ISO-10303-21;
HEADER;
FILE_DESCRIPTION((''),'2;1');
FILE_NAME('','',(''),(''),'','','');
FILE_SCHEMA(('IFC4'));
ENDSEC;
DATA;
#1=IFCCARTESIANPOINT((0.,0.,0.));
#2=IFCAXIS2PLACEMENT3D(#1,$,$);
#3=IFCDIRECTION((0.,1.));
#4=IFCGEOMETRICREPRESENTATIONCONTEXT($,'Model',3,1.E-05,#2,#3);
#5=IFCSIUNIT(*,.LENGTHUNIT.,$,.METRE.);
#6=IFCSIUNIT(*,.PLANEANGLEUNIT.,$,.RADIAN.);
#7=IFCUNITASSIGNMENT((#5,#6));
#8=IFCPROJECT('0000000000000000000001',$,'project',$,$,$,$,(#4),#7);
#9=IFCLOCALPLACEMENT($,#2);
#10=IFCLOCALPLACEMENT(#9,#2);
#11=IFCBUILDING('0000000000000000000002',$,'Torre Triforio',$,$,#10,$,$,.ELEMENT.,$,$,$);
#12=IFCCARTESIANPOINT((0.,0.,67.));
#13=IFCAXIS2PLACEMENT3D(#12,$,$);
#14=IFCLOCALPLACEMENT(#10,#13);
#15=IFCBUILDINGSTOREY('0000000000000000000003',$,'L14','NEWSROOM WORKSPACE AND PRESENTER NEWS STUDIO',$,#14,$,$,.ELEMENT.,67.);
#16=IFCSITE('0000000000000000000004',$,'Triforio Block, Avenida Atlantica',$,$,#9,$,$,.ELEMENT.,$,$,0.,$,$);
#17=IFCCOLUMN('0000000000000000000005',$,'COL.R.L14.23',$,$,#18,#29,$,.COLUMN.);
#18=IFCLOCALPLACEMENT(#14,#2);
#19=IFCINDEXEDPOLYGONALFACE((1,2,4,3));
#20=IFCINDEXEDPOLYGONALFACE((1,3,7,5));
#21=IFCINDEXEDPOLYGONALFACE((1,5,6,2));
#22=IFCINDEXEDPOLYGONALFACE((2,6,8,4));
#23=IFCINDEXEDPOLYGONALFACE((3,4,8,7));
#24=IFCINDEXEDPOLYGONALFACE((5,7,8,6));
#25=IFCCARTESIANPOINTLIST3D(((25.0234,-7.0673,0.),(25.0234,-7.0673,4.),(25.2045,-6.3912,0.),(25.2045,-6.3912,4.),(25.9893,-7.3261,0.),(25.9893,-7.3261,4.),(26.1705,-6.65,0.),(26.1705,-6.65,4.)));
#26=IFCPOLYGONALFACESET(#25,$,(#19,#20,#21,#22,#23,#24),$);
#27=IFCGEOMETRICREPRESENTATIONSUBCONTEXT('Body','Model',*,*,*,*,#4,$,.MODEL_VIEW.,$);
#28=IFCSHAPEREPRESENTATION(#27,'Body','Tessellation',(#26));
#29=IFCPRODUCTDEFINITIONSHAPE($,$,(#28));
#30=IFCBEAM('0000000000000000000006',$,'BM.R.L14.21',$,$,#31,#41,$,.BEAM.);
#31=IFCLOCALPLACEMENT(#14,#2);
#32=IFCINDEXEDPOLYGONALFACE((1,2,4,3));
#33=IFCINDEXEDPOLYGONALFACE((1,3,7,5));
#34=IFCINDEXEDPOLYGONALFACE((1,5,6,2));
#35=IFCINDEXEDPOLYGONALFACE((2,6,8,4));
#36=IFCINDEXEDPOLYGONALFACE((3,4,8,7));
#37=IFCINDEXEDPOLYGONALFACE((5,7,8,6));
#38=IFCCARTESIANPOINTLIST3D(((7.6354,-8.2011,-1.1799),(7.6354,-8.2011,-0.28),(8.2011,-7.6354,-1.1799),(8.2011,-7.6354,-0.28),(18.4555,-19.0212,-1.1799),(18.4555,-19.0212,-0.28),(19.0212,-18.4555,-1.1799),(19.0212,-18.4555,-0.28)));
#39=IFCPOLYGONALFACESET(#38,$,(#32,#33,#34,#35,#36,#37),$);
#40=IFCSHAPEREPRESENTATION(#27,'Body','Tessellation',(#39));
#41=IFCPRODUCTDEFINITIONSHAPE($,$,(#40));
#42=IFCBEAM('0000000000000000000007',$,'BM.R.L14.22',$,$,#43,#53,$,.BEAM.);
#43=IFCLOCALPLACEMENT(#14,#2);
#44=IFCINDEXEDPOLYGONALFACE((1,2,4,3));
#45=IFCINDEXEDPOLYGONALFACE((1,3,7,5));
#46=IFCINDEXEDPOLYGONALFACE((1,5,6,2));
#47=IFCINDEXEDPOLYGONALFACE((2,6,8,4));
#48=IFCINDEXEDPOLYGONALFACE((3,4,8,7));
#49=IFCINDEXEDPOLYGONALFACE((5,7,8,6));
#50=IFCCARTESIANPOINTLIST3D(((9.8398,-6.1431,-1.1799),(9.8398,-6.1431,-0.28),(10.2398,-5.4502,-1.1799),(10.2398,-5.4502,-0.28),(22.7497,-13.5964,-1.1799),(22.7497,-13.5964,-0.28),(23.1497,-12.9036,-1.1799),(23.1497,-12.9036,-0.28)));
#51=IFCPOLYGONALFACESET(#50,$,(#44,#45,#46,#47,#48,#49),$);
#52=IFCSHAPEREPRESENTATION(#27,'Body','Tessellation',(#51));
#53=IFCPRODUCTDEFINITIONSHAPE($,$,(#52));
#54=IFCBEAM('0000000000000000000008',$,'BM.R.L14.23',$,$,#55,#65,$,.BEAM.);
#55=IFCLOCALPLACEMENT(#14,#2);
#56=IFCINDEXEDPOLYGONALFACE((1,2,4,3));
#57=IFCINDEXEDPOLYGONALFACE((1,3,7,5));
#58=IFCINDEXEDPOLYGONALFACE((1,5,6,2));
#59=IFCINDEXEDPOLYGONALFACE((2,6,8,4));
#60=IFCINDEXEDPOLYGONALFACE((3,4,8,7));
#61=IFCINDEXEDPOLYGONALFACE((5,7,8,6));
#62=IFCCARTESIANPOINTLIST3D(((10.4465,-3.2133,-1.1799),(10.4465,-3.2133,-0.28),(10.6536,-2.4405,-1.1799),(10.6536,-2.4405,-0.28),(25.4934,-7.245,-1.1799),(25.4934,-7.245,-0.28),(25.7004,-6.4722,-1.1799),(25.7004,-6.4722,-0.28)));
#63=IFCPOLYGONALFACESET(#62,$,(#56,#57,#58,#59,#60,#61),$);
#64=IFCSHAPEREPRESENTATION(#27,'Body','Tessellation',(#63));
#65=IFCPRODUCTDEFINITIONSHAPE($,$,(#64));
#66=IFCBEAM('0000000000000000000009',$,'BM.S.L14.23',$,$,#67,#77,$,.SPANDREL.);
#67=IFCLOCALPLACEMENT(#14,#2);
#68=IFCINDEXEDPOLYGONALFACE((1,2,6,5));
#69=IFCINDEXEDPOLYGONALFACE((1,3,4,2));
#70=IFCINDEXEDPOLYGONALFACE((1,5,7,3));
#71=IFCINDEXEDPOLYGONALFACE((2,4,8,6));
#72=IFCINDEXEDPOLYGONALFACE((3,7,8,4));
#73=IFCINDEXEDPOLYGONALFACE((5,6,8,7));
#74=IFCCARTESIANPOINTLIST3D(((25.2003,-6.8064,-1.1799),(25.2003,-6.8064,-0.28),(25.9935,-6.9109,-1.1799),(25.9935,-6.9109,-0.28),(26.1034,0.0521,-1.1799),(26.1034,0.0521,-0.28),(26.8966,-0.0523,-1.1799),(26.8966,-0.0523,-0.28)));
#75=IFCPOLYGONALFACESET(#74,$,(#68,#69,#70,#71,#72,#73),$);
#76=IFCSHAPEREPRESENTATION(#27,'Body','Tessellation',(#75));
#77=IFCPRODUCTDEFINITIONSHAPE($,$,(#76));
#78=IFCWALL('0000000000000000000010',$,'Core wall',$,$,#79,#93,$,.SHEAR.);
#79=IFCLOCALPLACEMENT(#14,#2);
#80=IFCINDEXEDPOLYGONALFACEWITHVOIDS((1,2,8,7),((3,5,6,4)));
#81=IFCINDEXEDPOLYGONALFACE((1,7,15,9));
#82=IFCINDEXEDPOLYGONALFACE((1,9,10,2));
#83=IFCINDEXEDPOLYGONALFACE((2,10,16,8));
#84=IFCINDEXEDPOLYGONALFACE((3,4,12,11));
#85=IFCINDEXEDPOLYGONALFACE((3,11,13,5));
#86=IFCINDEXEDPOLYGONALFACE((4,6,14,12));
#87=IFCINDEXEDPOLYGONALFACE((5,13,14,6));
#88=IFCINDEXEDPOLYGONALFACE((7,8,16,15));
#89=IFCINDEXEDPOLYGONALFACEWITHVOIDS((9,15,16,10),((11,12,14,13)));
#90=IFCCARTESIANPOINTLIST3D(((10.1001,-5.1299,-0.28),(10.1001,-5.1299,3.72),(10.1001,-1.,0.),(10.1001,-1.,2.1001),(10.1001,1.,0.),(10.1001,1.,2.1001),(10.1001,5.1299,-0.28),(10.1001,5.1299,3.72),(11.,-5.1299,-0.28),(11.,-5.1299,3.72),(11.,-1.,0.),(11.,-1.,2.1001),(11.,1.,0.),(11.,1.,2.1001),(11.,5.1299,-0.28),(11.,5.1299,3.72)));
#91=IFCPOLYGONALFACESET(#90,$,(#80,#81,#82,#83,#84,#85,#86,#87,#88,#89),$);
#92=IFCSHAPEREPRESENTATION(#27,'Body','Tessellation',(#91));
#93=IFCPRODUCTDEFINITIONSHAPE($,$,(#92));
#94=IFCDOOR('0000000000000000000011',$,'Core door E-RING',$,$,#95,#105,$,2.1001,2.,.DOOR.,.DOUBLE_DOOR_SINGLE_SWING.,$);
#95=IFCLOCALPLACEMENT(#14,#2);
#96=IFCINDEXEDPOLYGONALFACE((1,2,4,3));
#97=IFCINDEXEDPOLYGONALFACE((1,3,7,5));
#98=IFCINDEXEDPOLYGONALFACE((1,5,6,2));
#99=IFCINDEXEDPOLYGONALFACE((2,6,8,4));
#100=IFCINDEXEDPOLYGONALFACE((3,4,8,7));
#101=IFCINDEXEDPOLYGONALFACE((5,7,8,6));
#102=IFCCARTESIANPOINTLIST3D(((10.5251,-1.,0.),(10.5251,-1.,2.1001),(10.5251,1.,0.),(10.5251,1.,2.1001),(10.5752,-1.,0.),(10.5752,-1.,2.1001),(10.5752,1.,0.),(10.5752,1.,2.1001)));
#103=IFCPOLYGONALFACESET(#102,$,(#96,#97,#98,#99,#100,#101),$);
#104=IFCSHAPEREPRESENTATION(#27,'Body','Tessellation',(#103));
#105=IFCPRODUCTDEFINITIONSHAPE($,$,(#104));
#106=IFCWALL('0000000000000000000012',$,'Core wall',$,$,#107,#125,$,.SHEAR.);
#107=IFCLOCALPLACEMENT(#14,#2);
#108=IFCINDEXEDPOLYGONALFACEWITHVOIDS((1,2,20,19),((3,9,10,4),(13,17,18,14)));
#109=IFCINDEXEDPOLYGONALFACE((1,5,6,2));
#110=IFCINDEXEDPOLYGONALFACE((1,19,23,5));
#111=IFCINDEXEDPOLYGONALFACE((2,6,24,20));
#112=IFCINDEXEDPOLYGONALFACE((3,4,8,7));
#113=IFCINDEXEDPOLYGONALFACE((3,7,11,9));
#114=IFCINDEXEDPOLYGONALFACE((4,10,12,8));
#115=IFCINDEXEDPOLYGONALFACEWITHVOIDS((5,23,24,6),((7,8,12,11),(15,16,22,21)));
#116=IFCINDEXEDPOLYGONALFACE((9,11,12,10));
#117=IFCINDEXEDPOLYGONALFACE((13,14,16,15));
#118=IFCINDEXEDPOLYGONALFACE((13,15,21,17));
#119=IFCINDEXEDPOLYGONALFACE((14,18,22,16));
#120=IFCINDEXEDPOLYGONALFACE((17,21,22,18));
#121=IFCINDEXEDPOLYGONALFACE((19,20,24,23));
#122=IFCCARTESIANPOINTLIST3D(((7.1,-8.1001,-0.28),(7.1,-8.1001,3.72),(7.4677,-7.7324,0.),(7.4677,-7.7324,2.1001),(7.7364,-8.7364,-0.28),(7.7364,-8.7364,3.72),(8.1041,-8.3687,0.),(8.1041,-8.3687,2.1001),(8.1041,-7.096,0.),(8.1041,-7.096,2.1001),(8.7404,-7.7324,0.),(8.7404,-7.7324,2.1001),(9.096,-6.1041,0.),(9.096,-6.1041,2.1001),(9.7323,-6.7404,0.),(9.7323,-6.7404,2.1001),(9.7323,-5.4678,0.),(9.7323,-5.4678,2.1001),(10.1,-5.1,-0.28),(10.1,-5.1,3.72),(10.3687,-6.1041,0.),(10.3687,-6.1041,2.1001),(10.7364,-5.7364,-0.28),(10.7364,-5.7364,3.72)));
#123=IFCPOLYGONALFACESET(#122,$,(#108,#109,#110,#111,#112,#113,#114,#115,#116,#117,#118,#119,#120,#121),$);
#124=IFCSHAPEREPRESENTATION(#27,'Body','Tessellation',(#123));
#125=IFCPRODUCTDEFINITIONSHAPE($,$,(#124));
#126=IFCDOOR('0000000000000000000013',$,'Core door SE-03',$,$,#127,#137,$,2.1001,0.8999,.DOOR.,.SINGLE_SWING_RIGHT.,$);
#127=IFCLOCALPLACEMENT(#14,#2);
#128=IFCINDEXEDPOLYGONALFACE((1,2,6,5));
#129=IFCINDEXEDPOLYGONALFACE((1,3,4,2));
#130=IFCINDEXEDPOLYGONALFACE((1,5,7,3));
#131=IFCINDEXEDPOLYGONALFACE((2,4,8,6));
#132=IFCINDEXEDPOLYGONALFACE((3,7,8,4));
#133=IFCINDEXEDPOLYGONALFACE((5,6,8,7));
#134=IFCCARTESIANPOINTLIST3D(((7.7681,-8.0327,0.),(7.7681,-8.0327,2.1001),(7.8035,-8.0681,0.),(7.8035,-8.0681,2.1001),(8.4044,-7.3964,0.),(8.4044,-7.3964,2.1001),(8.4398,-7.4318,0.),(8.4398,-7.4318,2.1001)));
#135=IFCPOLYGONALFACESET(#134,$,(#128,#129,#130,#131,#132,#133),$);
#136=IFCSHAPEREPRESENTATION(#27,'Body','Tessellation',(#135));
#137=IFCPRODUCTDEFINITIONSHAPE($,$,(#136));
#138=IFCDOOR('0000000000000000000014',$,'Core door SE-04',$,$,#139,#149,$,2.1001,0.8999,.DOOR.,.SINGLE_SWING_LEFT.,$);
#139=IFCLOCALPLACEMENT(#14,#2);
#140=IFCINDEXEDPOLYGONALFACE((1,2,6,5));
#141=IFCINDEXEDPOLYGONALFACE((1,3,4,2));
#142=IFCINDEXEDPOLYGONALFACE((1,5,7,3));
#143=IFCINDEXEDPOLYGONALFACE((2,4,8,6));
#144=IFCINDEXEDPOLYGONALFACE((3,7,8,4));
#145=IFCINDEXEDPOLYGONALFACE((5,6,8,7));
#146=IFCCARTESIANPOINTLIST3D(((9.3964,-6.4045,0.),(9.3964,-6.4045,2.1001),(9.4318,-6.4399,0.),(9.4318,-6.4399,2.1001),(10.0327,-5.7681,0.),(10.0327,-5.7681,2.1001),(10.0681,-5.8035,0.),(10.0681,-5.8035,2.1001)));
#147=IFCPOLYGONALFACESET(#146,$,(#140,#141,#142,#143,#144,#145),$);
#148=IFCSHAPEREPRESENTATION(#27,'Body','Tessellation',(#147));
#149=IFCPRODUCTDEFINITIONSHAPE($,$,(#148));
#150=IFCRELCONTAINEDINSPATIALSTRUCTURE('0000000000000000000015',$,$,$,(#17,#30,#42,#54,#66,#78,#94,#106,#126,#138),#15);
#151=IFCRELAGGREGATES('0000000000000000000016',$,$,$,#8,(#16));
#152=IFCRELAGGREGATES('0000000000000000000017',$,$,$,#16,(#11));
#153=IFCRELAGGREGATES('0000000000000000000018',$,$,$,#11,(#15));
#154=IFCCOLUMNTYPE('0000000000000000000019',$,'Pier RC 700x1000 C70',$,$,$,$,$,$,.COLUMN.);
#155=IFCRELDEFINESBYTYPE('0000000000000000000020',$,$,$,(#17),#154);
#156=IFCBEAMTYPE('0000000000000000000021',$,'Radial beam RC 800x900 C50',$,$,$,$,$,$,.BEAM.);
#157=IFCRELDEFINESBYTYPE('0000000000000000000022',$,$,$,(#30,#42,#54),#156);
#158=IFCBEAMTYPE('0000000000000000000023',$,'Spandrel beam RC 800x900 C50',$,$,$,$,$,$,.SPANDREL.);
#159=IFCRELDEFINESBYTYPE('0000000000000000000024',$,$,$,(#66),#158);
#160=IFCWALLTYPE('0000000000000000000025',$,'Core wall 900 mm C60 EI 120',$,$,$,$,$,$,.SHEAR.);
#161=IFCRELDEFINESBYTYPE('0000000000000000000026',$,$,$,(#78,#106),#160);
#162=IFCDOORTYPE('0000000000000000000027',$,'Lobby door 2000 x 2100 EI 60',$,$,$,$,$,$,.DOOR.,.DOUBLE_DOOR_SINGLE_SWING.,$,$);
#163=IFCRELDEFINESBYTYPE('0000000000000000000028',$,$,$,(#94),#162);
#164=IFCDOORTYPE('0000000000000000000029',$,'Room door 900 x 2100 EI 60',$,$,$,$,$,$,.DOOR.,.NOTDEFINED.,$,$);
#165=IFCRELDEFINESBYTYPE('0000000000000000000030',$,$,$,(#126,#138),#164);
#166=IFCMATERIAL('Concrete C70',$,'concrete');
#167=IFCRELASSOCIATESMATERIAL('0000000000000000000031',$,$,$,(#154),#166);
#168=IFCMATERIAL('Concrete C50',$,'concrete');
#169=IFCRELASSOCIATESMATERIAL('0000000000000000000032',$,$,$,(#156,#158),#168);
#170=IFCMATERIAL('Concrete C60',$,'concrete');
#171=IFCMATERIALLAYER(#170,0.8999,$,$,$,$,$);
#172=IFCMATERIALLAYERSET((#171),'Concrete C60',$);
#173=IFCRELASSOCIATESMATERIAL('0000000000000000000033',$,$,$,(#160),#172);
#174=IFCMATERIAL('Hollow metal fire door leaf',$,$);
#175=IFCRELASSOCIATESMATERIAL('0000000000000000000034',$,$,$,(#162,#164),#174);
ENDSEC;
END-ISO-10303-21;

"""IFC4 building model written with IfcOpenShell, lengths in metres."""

from ifc_helpers import new_model, si_unit, direction, frame, frame_2d, origin, origin_2d, place, context, subcontext, project, spatial, rectangle, extrude, material, layer, layer_set, material_profile, profile_set, type_object, element, fill, save


model = new_model("IFC4")

# Units and contexts
model_context = context("Model", 3, precision=1e-05, world=origin(), true_north=direction((0.0, 1.0)))
body_context = subcontext(model_context, "Body", "Model", "MODEL_VIEW")
ifc_project = project(units=[si_unit("LENGTHUNIT", "METRE"), si_unit("PLANEANGLEUNIT", "RADIAN")], contexts=[model_context])

# Site, building, storey
site_placement = place(None, origin())
site = spatial("IfcSite", under=ifc_project, at=site_placement, Name="Triforio Block, Avenida Atlantica", CompositionType="ELEMENT", RefElevation=0.0)
building_placement = place(site_placement, origin())
building = spatial("IfcBuilding", under=site, at=building_placement, Name="Torre Triforio", CompositionType="ELEMENT")
storey_placement = place(building_placement, frame((0.0, 0.0, 67.0)))
storey = spatial("IfcBuildingStorey", under=building, at=storey_placement, Name="L14", Description="NEWSROOM WORKSPACE AND PRESENTER NEWS STUDIO", CompositionType="ELEMENT", Elevation=67.0)

# Column
ifc_material_1 = material(Name="Concrete C70", Category="concrete")
ifc_material_profile_1 = material_profile(ifc_material_1, rectangle(XDim=0.7, YDim=1.0, at=origin_2d()), Name="RC 700x1000")
ifc_profile_set_1 = profile_set([ifc_material_profile_1], Name="Concrete C70")
column_type = type_object("IfcColumnType", Name="Pier RC 700x1000 C70", PredefinedType="COLUMN", material=ifc_profile_set_1)
column_placement = place(storey_placement, frame((25.5969, -6.8586, 0.0), z_axis=(0.0, 0.0, 1.0), x_axis=(0.258819, 0.965926, 0.0)))
element("IfcColumn", 1, at=column_placement, inside=storey, type_object=column_type, Name="COL.R.L14.23", PredefinedType="COLUMN", context=body_context, shape_type="SweptSolid", body=[
    extrude(rectangle(XDim=0.7, YDim=1.0, at=origin_2d()), origin(), (0.0, 0.0, 1.0), 4.0),
])

# Beams
ifc_material_2 = material(Name="Concrete C50", Category="concrete")
ifc_material_profile_2 = material_profile(ifc_material_2, rectangle(XDim=0.8, YDim=0.8999, at=origin_2d()), Name="RC 800x900")
ifc_profile_set_2 = profile_set([ifc_material_profile_2], Name="Concrete C50")
beam_type_1 = type_object("IfcBeamType", Name="Radial beam RC 800x900 C50", PredefinedType="BEAM", material=ifc_profile_set_2)
beam_1_placement = place(storey_placement, frame((7.9182, -7.9182, -0.73), z_axis=(0.707107, -0.707107, 0.0), x_axis=(0.707107, 0.707107, 0.0)))
element("IfcBeam", 2, at=beam_1_placement, inside=storey, type_object=beam_type_1, Name="BM.R.L14.21", PredefinedType="BEAM", context=body_context, shape_type="SweptSolid", body=[
    extrude(rectangle(XDim=0.8, YDim=0.8999, at=origin_2d()), origin(), (0.0, 0.0, 1.0), 15.302),
])
beam_2_placement = place(storey_placement, frame((10.0398, -5.7966, -0.73), z_axis=(0.86603, -0.499991, 0.0), x_axis=(0.499991, 0.86603, 0.0)))
element("IfcBeam", 3, at=beam_2_placement, inside=storey, type_object=beam_type_1, Name="BM.R.L14.22", PredefinedType="BEAM", context=body_context, shape_type="SweptSolid", body=[
    extrude(rectangle(XDim=0.8, YDim=0.8999, at=origin_2d()), origin(), (0.0, 0.0, 1.0), 14.907),
])
beam_3_placement = place(storey_placement, frame((10.55, -2.8269, -0.73), z_axis=(0.965927, -0.258815, 0.0), x_axis=(0.258815, 0.965927, 0.0)))
element("IfcBeam", 4, at=beam_3_placement, inside=storey, type_object=beam_type_1, Name="BM.R.L14.23", PredefinedType="BEAM", context=body_context, shape_type="SweptSolid", body=[
    extrude(rectangle(XDim=0.8, YDim=0.8999, at=origin_2d()), origin(), (0.0, 0.0, 1.0), 15.5776),
])
ifc_material_profile_3 = material_profile(ifc_material_2, rectangle(XDim=0.8, YDim=0.8999, at=origin_2d()), Name="RC 800x900")
ifc_profile_set_3 = profile_set([ifc_material_profile_3], Name="Concrete C50")
beam_type_2 = type_object("IfcBeamType", Name="Spandrel beam RC 800x900 C50", PredefinedType="SPANDREL", material=ifc_profile_set_3)
beam_4_placement = place(storey_placement, frame((25.5969, -6.8586, -0.73), z_axis=(0.130543, 0.991443, 0.0), x_axis=(-0.991443, 0.130543, 0.0)))
element("IfcBeam", 5, at=beam_4_placement, inside=storey, type_object=beam_type_2, Name="BM.S.L14.23", PredefinedType="SPANDREL", context=body_context, shape_type="SweptSolid", body=[
    extrude(rectangle(XDim=0.8, YDim=0.8999, at=origin_2d()), origin(), (0.0, 0.0, 1.0), 6.9177),
])

# Wall, opening, door
ifc_material_3 = material(Name="Concrete C60", Category="concrete")
ifc_layer_1 = layer(ifc_material_3, 0.8999)
ifc_layer_set_1 = layer_set([ifc_layer_1], Name="Concrete C60")
wall_type_1 = type_object("IfcWallType", Name="Core wall 900 mm C60 EI 120", PredefinedType="SHEAR", material=ifc_layer_set_1)
wall_1_placement = place(storey_placement, frame((10.55, -5.1299, -0.28), z_axis=(0.0, 0.0, 1.0), x_axis=(0.0, 1.0, 0.0)))
wall_1 = element("IfcWall", 6, at=wall_1_placement, inside=storey, type_object=wall_type_1, Name="Core wall", PredefinedType="SHEAR", context=body_context, shape_type="SweptSolid", body=[
    extrude(rectangle(XDim=10.2598, YDim=0.8999, at=frame_2d((5.1299, 0.0))), origin(), (0.0, 0.0, 1.0), 4.0),
])
opening_1_placement = place(wall_1_placement, frame((4.1299, 0.0, 0.28)))
opening_1 = element("IfcOpeningElement", 7, at=opening_1_placement, cuts=wall_1, PredefinedType="OPENING", context=body_context, shape_type="SweptSolid", body=[
    extrude(rectangle(XDim=2.0, YDim=2.1001, at=frame_2d((1.0, 1.05))), frame((0.0, 0.46, 0.0), z_axis=(0.0, -1.0, 0.0), x_axis=(1.0, 0.0, 0.0)), (0.0, 0.0, 1.0), 0.9199),
])
ifc_material_4 = material(Name="Hollow metal fire door leaf")
door_type_1 = type_object("IfcDoorType", Name="Lobby door 2000 x 2100 EI 60", OperationType="DOUBLE_DOOR_SINGLE_SWING", PredefinedType="DOOR", material=ifc_material_4)
door_1_placement = place(opening_1_placement, origin())
door_1 = element("IfcDoor", 8, at=door_1_placement, inside=storey, type_object=door_type_1, Name="Core door E-RING", OperationType="DOUBLE_DOOR_SINGLE_SWING", OverallHeight=2.1001, OverallWidth=2.0, PredefinedType="DOOR", context=body_context, shape_type="SweptSolid", body=[
    extrude(rectangle(XDim=2.0, YDim=2.1001, at=frame_2d((1.0, 1.05))), frame((0.0, 0.0249, 0.0), z_axis=(0.0, -1.0, 0.0), x_axis=(1.0, 0.0, 0.0)), (0.0, 0.0, 1.0), 0.05),
])
fill(opening_1, door_1)

# Wall, openings, doors
wall_2_placement = place(storey_placement, frame((10.4182, -5.4182, -0.28), z_axis=(0.0, 0.0, 1.0), x_axis=(-0.707107, -0.707107, 0.0)))
wall_2 = element("IfcWall", 9, at=wall_2_placement, inside=storey, type_object=wall_type_1, Name="Core wall", PredefinedType="SHEAR", context=body_context, shape_type="SweptSolid", body=[
    extrude(rectangle(XDim=4.2427, YDim=0.8999, at=frame_2d((2.1213, 0.0))), origin(), (0.0, 0.0, 1.0), 4.0),
])
opening_2_placement = place(wall_2_placement, frame((2.8228, 0.0, 0.28)))
opening_2 = element("IfcOpeningElement", 10, at=opening_2_placement, cuts=wall_2, PredefinedType="OPENING", context=body_context, shape_type="SweptSolid", body=[
    extrude(rectangle(XDim=0.8999, YDim=2.1001, at=frame_2d((0.45, 1.05))), frame((0.0, 0.46, 0.0), z_axis=(0.0, -1.0, 0.0), x_axis=(1.0, 0.0, 0.0)), (0.0, 0.0, 1.0), 0.9199),
])
opening_3_placement = place(wall_2_placement, frame((0.52, 0.0, 0.28)))
opening_3 = element("IfcOpeningElement", 11, at=opening_3_placement, cuts=wall_2, PredefinedType="OPENING", context=body_context, shape_type="SweptSolid", body=[
    extrude(rectangle(XDim=0.8999, YDim=2.1001, at=frame_2d((0.45, 1.05))), frame((0.0, 0.46, 0.0), z_axis=(0.0, -1.0, 0.0), x_axis=(1.0, 0.0, 0.0)), (0.0, 0.0, 1.0), 0.9199),
])
door_type_2 = type_object("IfcDoorType", Name="Room door 900 x 2100 EI 60", OperationType="NOTDEFINED", PredefinedType="DOOR", material=ifc_material_4)
door_2_placement = place(opening_2_placement, origin())
door_2 = element("IfcDoor", 12, at=door_2_placement, inside=storey, type_object=door_type_2, Name="Core door SE-03", OperationType="SINGLE_SWING_RIGHT", OverallHeight=2.1001, OverallWidth=0.8999, PredefinedType="DOOR", context=body_context, shape_type="SweptSolid", body=[
    extrude(rectangle(XDim=0.8999, YDim=2.1001, at=frame_2d((0.45, 1.05))), frame((0.0, 0.0249, 0.0), z_axis=(0.0, -1.0, 0.0), x_axis=(1.0, 0.0, 0.0)), (0.0, 0.0, 1.0), 0.05),
])
fill(opening_2, door_2)
door_3_placement = place(opening_3_placement, origin())
door_3 = element("IfcDoor", 13, at=door_3_placement, inside=storey, type_object=door_type_2, Name="Core door SE-04", OperationType="SINGLE_SWING_LEFT", OverallHeight=2.1001, OverallWidth=0.8999, PredefinedType="DOOR", context=body_context, shape_type="SweptSolid", body=[
    extrude(rectangle(XDim=0.8999, YDim=2.1001, at=frame_2d((0.45, 1.05))), frame((0.0, 0.0249, 0.0), z_axis=(0.0, -1.0, 0.0), x_axis=(1.0, 0.0, 0.0)), (0.0, 0.0, 1.0), 0.05),
])
fill(opening_3, door_3)

save(model, "model.ifc")
